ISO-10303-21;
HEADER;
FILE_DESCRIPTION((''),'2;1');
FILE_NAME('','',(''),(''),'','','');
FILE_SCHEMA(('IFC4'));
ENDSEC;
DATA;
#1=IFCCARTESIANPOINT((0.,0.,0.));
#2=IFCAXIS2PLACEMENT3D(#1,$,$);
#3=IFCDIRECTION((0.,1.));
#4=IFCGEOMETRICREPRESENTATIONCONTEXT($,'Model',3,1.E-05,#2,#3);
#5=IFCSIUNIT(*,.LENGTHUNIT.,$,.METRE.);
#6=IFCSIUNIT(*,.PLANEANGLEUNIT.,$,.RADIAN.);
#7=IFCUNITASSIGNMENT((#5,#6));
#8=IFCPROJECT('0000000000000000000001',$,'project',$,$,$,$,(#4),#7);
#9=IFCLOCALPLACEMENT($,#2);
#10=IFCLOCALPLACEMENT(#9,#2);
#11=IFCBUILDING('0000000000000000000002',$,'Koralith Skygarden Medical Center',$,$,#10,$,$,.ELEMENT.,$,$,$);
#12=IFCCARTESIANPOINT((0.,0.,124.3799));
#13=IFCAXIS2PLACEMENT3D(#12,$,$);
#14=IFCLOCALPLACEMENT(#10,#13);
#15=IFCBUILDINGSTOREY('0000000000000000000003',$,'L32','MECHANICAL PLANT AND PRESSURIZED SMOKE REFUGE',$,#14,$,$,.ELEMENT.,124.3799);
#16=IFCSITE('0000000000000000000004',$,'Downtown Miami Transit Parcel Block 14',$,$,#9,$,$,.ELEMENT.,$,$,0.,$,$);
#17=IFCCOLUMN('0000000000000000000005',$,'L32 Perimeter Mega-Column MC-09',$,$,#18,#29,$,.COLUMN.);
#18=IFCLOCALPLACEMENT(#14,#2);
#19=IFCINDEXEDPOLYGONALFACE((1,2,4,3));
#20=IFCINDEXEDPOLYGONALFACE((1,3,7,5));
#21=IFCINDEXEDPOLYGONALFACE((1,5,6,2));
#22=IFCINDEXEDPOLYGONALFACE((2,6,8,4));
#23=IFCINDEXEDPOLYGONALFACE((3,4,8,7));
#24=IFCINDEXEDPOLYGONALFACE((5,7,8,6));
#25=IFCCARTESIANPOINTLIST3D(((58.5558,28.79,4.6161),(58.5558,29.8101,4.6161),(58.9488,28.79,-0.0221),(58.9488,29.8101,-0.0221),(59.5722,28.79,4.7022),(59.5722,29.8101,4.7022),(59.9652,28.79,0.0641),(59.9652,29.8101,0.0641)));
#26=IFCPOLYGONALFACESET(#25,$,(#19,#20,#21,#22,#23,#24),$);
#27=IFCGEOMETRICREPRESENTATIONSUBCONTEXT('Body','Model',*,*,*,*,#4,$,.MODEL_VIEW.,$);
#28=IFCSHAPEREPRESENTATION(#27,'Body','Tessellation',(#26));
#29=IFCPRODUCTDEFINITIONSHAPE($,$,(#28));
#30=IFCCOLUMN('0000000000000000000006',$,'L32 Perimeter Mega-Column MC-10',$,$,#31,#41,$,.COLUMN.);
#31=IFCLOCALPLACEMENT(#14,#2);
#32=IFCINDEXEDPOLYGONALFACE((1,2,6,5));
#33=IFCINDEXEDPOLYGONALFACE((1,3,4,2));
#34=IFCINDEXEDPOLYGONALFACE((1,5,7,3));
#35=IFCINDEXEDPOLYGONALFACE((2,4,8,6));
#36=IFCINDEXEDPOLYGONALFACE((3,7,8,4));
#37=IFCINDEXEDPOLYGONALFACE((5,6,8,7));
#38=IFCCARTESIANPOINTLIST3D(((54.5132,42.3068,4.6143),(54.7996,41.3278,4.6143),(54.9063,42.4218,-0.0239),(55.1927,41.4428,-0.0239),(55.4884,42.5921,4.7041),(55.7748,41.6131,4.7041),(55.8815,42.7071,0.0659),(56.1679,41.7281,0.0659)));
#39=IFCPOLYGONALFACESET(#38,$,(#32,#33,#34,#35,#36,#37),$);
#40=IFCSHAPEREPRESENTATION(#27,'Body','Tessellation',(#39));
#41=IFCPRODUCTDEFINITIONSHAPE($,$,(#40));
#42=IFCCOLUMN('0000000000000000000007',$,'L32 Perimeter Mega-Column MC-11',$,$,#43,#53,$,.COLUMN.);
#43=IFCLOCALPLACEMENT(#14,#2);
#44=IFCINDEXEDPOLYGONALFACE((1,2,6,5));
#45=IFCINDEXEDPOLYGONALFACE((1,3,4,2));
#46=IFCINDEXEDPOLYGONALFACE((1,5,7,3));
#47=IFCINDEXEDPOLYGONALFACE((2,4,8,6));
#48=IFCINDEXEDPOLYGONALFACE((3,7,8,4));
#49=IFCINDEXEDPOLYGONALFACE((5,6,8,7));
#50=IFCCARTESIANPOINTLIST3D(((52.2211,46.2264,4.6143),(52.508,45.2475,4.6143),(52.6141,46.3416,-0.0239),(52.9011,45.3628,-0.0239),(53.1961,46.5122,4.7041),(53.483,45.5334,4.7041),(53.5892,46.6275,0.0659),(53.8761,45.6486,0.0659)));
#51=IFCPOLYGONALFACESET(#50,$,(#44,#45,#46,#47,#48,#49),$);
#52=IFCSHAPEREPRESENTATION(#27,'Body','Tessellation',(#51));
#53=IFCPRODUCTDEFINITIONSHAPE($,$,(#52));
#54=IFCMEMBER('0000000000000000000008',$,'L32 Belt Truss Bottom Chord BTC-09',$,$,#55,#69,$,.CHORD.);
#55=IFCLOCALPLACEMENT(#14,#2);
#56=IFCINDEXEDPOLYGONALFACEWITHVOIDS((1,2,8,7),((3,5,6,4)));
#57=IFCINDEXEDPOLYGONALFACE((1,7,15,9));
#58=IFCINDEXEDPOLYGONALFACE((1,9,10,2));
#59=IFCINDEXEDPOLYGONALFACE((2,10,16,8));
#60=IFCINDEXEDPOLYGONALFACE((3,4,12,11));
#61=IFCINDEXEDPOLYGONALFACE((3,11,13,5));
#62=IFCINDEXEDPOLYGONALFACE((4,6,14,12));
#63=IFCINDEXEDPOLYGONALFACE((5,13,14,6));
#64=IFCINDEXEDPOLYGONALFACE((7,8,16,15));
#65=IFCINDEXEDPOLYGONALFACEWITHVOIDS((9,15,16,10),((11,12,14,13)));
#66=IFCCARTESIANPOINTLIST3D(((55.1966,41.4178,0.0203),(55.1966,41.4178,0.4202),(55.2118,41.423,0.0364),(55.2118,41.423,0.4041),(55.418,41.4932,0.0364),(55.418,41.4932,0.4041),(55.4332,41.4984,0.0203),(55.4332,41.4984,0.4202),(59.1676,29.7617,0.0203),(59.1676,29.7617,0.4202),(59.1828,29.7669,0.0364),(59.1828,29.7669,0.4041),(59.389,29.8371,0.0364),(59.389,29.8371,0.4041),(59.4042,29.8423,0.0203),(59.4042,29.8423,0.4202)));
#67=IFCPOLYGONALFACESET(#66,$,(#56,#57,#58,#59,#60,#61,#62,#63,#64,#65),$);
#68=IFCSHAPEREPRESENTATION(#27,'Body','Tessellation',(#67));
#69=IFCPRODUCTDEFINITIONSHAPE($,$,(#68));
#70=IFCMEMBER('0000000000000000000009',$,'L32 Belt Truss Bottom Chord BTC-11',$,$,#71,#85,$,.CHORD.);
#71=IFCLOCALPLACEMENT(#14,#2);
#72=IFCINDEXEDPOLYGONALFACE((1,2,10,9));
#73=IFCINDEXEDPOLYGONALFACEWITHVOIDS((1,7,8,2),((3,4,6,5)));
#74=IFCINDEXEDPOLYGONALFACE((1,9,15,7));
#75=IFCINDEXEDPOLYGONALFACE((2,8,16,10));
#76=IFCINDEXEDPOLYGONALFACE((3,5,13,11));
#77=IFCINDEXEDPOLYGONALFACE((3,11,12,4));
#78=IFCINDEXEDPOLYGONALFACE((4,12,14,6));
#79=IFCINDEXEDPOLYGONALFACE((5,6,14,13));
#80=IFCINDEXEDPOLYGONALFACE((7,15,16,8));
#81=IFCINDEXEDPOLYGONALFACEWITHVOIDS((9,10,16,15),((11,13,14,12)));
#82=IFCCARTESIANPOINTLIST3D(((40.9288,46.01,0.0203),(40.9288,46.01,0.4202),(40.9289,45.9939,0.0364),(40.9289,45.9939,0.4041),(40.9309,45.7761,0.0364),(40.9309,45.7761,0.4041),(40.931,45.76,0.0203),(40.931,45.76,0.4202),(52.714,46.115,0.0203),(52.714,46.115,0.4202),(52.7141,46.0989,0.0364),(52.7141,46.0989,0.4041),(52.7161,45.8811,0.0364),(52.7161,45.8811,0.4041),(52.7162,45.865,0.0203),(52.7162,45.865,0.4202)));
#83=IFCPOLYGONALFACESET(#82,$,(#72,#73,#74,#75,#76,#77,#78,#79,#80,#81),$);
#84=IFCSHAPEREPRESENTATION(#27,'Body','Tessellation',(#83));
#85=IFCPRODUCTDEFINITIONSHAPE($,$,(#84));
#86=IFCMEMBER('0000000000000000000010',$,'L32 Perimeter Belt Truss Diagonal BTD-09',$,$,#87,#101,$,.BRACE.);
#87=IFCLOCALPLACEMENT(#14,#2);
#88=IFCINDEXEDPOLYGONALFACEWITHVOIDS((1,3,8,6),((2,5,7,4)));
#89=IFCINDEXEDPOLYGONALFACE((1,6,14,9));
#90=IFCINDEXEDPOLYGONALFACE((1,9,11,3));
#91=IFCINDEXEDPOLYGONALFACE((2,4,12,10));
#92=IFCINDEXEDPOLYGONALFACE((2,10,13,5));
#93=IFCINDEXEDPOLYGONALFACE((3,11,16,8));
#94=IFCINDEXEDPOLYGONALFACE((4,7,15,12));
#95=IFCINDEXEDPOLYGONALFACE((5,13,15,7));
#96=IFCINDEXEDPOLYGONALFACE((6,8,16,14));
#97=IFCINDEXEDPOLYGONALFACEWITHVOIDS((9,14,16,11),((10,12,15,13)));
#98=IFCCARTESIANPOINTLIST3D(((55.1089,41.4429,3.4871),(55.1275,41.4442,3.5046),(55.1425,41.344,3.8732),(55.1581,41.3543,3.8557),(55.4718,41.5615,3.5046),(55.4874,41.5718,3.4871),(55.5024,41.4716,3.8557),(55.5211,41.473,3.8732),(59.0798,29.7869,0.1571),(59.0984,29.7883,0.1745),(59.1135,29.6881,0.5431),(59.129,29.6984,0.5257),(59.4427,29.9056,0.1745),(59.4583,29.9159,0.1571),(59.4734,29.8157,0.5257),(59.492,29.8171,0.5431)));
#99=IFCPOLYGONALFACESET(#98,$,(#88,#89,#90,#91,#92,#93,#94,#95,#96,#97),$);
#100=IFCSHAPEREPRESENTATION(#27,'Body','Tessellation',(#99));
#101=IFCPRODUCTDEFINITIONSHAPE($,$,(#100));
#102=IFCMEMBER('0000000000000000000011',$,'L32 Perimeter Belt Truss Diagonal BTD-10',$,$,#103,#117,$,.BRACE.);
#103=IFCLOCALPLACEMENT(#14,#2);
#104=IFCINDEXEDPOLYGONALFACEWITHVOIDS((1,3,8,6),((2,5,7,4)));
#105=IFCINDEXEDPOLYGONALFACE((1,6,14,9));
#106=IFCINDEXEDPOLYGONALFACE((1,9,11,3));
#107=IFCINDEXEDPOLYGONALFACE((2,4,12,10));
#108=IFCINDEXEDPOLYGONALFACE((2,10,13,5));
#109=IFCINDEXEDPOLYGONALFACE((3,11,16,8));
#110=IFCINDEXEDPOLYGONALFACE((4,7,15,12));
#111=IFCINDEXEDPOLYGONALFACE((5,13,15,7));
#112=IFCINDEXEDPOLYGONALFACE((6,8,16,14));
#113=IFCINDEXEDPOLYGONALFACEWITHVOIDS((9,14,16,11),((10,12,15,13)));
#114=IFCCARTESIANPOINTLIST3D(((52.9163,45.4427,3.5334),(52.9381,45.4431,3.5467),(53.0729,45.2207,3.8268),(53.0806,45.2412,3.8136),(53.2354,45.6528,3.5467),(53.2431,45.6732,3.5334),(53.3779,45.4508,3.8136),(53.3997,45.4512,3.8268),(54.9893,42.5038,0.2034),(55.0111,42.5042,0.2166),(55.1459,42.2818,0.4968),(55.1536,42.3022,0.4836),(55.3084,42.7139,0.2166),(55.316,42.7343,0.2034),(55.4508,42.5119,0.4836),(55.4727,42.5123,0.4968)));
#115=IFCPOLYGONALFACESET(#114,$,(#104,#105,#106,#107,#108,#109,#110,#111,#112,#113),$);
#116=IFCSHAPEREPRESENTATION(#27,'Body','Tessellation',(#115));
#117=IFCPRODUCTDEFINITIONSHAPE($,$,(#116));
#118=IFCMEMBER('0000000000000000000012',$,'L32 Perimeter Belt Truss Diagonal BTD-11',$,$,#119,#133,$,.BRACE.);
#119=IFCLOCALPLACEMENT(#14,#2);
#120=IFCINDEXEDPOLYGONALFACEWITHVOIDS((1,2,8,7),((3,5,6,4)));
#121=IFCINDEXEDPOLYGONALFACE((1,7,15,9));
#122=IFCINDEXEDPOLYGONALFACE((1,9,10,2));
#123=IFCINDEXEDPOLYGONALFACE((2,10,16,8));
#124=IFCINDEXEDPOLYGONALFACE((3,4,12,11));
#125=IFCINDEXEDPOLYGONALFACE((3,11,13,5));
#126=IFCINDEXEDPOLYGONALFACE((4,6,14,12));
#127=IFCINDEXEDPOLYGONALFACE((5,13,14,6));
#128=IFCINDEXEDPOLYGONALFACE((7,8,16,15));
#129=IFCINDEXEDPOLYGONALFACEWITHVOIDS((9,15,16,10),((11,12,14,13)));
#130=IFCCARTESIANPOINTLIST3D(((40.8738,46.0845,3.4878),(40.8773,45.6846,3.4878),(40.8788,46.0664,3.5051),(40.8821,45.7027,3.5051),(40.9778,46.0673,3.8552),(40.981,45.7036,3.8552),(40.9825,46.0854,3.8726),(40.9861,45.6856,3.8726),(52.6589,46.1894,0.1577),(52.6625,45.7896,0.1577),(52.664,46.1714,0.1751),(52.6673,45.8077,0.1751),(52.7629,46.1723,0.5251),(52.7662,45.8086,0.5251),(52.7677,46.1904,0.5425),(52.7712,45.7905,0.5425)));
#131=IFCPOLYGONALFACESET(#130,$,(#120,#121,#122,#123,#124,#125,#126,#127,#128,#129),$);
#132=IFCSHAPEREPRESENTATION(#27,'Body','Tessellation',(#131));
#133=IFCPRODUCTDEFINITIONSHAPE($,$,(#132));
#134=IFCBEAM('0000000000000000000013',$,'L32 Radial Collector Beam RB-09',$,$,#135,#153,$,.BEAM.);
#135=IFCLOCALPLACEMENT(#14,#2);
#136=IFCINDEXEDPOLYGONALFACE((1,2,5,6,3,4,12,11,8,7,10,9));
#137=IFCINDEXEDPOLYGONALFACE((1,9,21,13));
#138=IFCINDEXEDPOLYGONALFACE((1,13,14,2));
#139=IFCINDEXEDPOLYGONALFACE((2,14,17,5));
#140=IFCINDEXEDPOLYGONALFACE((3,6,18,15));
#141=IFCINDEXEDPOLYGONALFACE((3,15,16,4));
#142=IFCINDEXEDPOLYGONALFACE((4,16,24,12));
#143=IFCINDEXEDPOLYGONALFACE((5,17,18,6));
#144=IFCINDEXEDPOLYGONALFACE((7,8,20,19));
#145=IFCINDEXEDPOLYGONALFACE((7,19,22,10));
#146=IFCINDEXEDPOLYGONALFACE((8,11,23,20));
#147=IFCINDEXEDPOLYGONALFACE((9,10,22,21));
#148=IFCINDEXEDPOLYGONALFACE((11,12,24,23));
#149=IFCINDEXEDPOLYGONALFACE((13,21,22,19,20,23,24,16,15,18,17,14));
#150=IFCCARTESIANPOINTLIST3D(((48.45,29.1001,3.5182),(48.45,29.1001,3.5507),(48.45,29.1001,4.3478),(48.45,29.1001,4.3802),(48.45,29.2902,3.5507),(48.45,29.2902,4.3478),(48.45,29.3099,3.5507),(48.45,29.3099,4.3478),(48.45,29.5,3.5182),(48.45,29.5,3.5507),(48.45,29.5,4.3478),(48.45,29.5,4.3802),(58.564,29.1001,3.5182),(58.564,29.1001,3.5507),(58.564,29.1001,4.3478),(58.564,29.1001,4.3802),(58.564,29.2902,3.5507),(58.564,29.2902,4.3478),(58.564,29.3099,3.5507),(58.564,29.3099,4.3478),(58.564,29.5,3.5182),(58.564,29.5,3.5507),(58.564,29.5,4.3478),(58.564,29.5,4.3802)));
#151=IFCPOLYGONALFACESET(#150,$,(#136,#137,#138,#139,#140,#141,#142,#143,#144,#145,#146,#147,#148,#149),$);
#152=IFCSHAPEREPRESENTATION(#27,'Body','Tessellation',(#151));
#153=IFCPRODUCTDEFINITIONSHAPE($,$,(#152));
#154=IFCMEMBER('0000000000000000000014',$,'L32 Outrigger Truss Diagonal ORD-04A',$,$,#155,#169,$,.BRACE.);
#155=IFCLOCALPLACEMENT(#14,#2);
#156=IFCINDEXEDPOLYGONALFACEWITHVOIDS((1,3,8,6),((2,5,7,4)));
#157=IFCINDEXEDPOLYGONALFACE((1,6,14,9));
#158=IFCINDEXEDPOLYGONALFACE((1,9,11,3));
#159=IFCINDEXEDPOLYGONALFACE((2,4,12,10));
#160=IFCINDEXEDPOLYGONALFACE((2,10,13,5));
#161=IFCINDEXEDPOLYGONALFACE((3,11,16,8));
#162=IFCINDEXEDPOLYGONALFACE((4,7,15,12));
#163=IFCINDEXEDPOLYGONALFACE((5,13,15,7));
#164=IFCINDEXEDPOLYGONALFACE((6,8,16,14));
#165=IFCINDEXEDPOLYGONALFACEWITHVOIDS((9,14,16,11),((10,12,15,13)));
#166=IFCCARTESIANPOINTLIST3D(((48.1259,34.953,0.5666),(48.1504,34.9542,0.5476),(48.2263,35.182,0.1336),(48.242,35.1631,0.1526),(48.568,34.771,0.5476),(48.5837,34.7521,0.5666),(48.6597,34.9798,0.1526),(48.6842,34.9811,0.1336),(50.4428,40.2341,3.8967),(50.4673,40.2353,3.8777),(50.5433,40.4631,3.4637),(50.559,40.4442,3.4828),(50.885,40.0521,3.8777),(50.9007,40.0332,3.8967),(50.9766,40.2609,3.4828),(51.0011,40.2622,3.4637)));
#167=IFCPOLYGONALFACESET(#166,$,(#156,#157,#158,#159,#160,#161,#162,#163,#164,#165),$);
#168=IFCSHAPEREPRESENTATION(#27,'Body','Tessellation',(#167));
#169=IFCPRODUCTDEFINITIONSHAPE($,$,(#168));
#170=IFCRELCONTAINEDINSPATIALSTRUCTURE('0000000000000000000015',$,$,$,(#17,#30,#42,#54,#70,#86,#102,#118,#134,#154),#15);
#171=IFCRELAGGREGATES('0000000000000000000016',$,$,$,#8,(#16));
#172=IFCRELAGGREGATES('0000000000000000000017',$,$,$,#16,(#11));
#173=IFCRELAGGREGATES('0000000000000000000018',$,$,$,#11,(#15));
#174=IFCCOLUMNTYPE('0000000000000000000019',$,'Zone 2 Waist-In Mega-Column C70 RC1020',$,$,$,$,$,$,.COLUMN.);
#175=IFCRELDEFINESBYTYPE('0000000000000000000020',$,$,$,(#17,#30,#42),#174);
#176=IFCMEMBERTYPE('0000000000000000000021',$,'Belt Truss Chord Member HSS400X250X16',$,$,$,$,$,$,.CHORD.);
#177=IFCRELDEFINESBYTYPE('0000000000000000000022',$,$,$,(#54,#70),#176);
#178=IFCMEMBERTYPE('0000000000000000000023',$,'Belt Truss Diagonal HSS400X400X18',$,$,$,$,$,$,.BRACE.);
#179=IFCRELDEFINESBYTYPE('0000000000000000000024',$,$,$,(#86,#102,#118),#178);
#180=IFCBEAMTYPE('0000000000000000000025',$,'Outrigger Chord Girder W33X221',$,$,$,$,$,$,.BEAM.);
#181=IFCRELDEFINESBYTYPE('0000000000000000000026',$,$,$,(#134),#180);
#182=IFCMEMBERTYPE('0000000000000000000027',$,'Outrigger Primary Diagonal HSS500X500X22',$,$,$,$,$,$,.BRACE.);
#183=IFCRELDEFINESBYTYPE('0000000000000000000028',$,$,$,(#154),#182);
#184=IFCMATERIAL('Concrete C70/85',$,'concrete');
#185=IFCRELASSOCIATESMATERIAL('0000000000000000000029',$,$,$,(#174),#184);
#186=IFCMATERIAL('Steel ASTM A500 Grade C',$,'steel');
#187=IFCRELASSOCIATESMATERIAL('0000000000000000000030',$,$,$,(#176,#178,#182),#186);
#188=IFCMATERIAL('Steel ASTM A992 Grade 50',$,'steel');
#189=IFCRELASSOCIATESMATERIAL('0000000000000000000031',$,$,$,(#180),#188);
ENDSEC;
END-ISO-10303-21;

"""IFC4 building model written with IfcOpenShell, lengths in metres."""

from ifc_helpers import new_model, si_unit, direction, frame, origin, origin_2d, place, context, subcontext, project, spatial, rectangle, hollow_rectangle, i_section, extrude, material, material_profile, profile_set, type_object, element, save


model = new_model("IFC4")

# Units and contexts
model_context = context("Model", 3, precision=1e-05, world=origin(), true_north=direction((0.0, 1.0)))
body_context = subcontext(model_context, "Body", "Model", "MODEL_VIEW")
ifc_project = project(units=[si_unit("LENGTHUNIT", "METRE"), si_unit("PLANEANGLEUNIT", "RADIAN")], contexts=[model_context])

# Site, building, storey
site_placement = place(None, origin())
site = spatial("IfcSite", under=ifc_project, at=site_placement, Name="Downtown Miami Transit Parcel Block 14", CompositionType="ELEMENT", RefElevation=0.0)
building_placement = place(site_placement, origin())
building = spatial("IfcBuilding", under=site, at=building_placement, Name="Koralith Skygarden Medical Center", CompositionType="ELEMENT")
storey_placement = place(building_placement, frame((0.0, 0.0, 124.3799)))
storey = spatial("IfcBuildingStorey", under=building, at=storey_placement, Name="L32", Description="MECHANICAL PLANT AND PRESSURIZED SMOKE REFUGE", CompositionType="ELEMENT", Elevation=124.3799)

# Columns
ifc_material_1 = material(Name="Concrete C70/85", Category="concrete")
ifc_material_profile_1 = material_profile(ifc_material_1, rectangle(XDim=1.02, YDim=1.02, at=origin_2d()), Name="RC1020X1020")
ifc_profile_set_1 = profile_set([ifc_material_profile_1], Name="Concrete C70/85")
column_type = type_object("IfcColumnType", Name="Zone 2 Waist-In Mega-Column C70 RC1020", PredefinedType="COLUMN", material=ifc_profile_set_1)
column_placement = place(storey_placement, frame((59.457, 29.3, 0.021), z_axis=(-0.084443, 0.0, 0.996428), x_axis=(0.0, -1.0, 0.0)))
element("IfcColumn", 1, at=column_placement, inside=storey, type_object=column_type, Name="L32 Perimeter Mega-Column MC-09", PredefinedType="COLUMN", context=body_context, shape_type="SweptSolid", body=[
    extrude(rectangle(XDim=1.02, YDim=1.02, at=origin_2d()), origin(), (0.0, 0.0, 1.0), 4.6548),
])
for number, where, z_axis, x_axis, name in (
    (2, (55.5371, 42.075, 0.021), (-0.084417, -0.024696, 0.996124), (0.280778, -0.959773, 0.0), "L32 Perimeter Mega-Column MC-10"),
    (3, (53.2451, 45.9951, 0.021), (-0.084417, -0.024748, 0.996123), (0.281327, -0.959612, 0.0), "L32 Perimeter Mega-Column MC-11"),
):
    element("IfcColumn", number, at=place(storey_placement, frame(where, z_axis=z_axis, x_axis=x_axis)), inside=storey, type_object=column_type, Name=name, PredefinedType="COLUMN", context=body_context, shape_type="SweptSolid", body=[
        extrude(rectangle(XDim=1.02, YDim=1.02, at=origin_2d()), origin(), (0.0, 0.0, 1.0), 4.6562),
    ])

# Members
ifc_material_2 = material(Name="Steel ASTM A500 Grade C", Category="steel")
ifc_material_profile_2 = material_profile(ifc_material_2, hollow_rectangle(XDim=0.25, YDim=0.3999, WallThickness=0.0161, at=origin_2d()), Name="HSS400X250X16")
ifc_profile_set_2 = profile_set([ifc_material_profile_2], Name="Steel ASTM A500 Grade C")
member_type_1 = type_object("IfcMemberType", Name="Belt Truss Chord Member HSS400X250X16", PredefinedType="CHORD", material=ifc_profile_set_2)
member_1_placement = place(storey_placement, frame((59.2859, 29.802, 0.2202), z_axis=(-0.322478, 0.946577, 0.0), x_axis=(-0.946577, -0.322478, 0.0)))
element("IfcMember", 4, at=member_1_placement, inside=storey, type_object=member_type_1, Name="L32 Belt Truss Bottom Chord BTC-09", PredefinedType="CHORD", context=body_context, shape_type="SweptSolid", body=[
    extrude(hollow_rectangle(XDim=0.25, YDim=0.3999, WallThickness=0.0161, at=origin_2d()), origin(), (0.0, 0.0, 1.0), 12.314),
])
member_2_placement = place(storey_placement, frame((52.7151, 45.99, 0.2202), z_axis=(-0.99996, -0.008908, 0.0), x_axis=(0.008908, -0.99996, 0.0)))
element("IfcMember", 5, at=member_2_placement, inside=storey, type_object=member_type_1, Name="L32 Belt Truss Bottom Chord BTC-11", PredefinedType="CHORD", context=body_context, shape_type="SweptSolid", body=[
    extrude(hollow_rectangle(XDim=0.25, YDim=0.3999, WallThickness=0.0161, at=origin_2d()), origin(), (0.0, 0.0, 1.0), 11.7856),
])
ifc_material_profile_3 = material_profile(ifc_material_2, hollow_rectangle(XDim=0.3999, YDim=0.3999, WallThickness=0.0181, at=origin_2d()), Name="HSS400X400X18")
ifc_profile_set_3 = profile_set([ifc_material_profile_3], Name="Steel ASTM A500 Grade C")
member_type_2 = type_object("IfcMemberType", Name="Belt Truss Diagonal HSS400X400X18", PredefinedType="BRACE", material=ifc_profile_set_3)
member_3_placement = place(storey_placement, frame((59.2859, 29.802, 0.3501), z_axis=(-0.311296, 0.913753, 0.261056), x_axis=(-0.946577, -0.322478, 0.0)))
element("IfcMember", 6, at=member_3_placement, inside=storey, type_object=member_type_2, Name="L32 Perimeter Belt Truss Diagonal BTD-09", PredefinedType="BRACE", context=body_context, shape_type="SweptSolid", body=[
    extrude(hollow_rectangle(XDim=0.3999, YDim=0.3999, WallThickness=0.0181, at=origin_2d()), origin(), (0.0, 0.0, 1.0), 12.7561),
])
member_4_placement = place(storey_placement, frame((55.231, 42.5081, 0.3501), z_axis=(-0.422935, 0.599611, 0.679406), x_axis=(-0.817173, -0.576393, 0.0)))
element("IfcMember", 7, at=member_4_placement, inside=storey, type_object=member_type_2, Name="L32 Perimeter Belt Truss Diagonal BTD-10", PredefinedType="BRACE", context=body_context, shape_type="SweptSolid", body=[
    extrude(hollow_rectangle(XDim=0.3999, YDim=0.3999, WallThickness=0.0181, at=origin_2d()), origin(), (0.0, 0.0, 1.0), 4.9014),
])
member_5_placement = place(storey_placement, frame((52.7151, 45.99, 0.3501), z_axis=(-0.962285, -0.008572, 0.271908), x_axis=(0.008908, -0.99996, 0.0)))
element("IfcMember", 8, at=member_5_placement, inside=storey, type_object=member_type_2, Name="L32 Perimeter Belt Truss Diagonal BTD-11", PredefinedType="BRACE", context=body_context, shape_type="SweptSolid", body=[
    extrude(hollow_rectangle(XDim=0.3999, YDim=0.3999, WallThickness=0.0181, at=origin_2d()), origin(), (0.0, 0.0, 1.0), 12.2471),
])

# Beam
ifc_material_3 = material(Name="Steel ASTM A992 Grade 50", Category="steel")
ifc_material_profile_4 = material_profile(ifc_material_3, i_section(OverallWidth=0.3999, OverallDepth=0.8621, WebThickness=0.0198, FlangeThickness=0.0325, at=origin_2d()), Name="W33X221")
ifc_profile_set_4 = profile_set([ifc_material_profile_4], Name="Steel ASTM A992 Grade 50")
beam_type_1 = type_object("IfcBeamType", Name="Outrigger Chord Girder W33X221", PredefinedType="BEAM", material=ifc_profile_set_4)
beam_1_placement = place(storey_placement, frame((48.45, 29.3, 3.9492), z_axis=(1.0, 0.0, 0.0), x_axis=(0.0, 1.0, 0.0)))
element("IfcBeam", 9, at=beam_1_placement, inside=storey, type_object=beam_type_1, Name="L32 Radial Collector Beam RB-09", PredefinedType="BEAM", context=body_context, shape_type="SweptSolid", body=[
    extrude(i_section(OverallWidth=0.3999, OverallDepth=0.8621, WebThickness=0.0198, FlangeThickness=0.0325, at=origin_2d()), origin(), (0.0, 0.0, 1.0), 10.114),
])

# Member
ifc_material_profile_5 = material_profile(ifc_material_2, hollow_rectangle(XDim=0.5, YDim=0.5, WallThickness=0.022, at=origin_2d()), Name="HSS500X500X22")
ifc_profile_set_5 = profile_set([ifc_material_profile_5], Name="Steel ASTM A500 Grade C")
member_type_3 = type_object("IfcMemberType", Name="Outrigger Primary Diagonal HSS500X500X22", PredefinedType="BRACE", material=ifc_profile_set_5)
member_6_placement = place(storey_placement, frame((48.405, 34.967, 0.3501), z_axis=(0.347918, 0.793026, 0.500063), x_axis=(-0.915746, 0.401758, 0.0)))
element("IfcMember", 10, at=member_6_placement, inside=storey, type_object=member_type_3, Name="L32 Outrigger Truss Diagonal ORD-04A", PredefinedType="BRACE", context=body_context, shape_type="SweptSolid", body=[
    extrude(hollow_rectangle(XDim=0.5, YDim=0.5, WallThickness=0.022, at=origin_2d()), origin(), (0.0, 0.0, 1.0), 6.6594),
])

save(model, "model.ifc")
